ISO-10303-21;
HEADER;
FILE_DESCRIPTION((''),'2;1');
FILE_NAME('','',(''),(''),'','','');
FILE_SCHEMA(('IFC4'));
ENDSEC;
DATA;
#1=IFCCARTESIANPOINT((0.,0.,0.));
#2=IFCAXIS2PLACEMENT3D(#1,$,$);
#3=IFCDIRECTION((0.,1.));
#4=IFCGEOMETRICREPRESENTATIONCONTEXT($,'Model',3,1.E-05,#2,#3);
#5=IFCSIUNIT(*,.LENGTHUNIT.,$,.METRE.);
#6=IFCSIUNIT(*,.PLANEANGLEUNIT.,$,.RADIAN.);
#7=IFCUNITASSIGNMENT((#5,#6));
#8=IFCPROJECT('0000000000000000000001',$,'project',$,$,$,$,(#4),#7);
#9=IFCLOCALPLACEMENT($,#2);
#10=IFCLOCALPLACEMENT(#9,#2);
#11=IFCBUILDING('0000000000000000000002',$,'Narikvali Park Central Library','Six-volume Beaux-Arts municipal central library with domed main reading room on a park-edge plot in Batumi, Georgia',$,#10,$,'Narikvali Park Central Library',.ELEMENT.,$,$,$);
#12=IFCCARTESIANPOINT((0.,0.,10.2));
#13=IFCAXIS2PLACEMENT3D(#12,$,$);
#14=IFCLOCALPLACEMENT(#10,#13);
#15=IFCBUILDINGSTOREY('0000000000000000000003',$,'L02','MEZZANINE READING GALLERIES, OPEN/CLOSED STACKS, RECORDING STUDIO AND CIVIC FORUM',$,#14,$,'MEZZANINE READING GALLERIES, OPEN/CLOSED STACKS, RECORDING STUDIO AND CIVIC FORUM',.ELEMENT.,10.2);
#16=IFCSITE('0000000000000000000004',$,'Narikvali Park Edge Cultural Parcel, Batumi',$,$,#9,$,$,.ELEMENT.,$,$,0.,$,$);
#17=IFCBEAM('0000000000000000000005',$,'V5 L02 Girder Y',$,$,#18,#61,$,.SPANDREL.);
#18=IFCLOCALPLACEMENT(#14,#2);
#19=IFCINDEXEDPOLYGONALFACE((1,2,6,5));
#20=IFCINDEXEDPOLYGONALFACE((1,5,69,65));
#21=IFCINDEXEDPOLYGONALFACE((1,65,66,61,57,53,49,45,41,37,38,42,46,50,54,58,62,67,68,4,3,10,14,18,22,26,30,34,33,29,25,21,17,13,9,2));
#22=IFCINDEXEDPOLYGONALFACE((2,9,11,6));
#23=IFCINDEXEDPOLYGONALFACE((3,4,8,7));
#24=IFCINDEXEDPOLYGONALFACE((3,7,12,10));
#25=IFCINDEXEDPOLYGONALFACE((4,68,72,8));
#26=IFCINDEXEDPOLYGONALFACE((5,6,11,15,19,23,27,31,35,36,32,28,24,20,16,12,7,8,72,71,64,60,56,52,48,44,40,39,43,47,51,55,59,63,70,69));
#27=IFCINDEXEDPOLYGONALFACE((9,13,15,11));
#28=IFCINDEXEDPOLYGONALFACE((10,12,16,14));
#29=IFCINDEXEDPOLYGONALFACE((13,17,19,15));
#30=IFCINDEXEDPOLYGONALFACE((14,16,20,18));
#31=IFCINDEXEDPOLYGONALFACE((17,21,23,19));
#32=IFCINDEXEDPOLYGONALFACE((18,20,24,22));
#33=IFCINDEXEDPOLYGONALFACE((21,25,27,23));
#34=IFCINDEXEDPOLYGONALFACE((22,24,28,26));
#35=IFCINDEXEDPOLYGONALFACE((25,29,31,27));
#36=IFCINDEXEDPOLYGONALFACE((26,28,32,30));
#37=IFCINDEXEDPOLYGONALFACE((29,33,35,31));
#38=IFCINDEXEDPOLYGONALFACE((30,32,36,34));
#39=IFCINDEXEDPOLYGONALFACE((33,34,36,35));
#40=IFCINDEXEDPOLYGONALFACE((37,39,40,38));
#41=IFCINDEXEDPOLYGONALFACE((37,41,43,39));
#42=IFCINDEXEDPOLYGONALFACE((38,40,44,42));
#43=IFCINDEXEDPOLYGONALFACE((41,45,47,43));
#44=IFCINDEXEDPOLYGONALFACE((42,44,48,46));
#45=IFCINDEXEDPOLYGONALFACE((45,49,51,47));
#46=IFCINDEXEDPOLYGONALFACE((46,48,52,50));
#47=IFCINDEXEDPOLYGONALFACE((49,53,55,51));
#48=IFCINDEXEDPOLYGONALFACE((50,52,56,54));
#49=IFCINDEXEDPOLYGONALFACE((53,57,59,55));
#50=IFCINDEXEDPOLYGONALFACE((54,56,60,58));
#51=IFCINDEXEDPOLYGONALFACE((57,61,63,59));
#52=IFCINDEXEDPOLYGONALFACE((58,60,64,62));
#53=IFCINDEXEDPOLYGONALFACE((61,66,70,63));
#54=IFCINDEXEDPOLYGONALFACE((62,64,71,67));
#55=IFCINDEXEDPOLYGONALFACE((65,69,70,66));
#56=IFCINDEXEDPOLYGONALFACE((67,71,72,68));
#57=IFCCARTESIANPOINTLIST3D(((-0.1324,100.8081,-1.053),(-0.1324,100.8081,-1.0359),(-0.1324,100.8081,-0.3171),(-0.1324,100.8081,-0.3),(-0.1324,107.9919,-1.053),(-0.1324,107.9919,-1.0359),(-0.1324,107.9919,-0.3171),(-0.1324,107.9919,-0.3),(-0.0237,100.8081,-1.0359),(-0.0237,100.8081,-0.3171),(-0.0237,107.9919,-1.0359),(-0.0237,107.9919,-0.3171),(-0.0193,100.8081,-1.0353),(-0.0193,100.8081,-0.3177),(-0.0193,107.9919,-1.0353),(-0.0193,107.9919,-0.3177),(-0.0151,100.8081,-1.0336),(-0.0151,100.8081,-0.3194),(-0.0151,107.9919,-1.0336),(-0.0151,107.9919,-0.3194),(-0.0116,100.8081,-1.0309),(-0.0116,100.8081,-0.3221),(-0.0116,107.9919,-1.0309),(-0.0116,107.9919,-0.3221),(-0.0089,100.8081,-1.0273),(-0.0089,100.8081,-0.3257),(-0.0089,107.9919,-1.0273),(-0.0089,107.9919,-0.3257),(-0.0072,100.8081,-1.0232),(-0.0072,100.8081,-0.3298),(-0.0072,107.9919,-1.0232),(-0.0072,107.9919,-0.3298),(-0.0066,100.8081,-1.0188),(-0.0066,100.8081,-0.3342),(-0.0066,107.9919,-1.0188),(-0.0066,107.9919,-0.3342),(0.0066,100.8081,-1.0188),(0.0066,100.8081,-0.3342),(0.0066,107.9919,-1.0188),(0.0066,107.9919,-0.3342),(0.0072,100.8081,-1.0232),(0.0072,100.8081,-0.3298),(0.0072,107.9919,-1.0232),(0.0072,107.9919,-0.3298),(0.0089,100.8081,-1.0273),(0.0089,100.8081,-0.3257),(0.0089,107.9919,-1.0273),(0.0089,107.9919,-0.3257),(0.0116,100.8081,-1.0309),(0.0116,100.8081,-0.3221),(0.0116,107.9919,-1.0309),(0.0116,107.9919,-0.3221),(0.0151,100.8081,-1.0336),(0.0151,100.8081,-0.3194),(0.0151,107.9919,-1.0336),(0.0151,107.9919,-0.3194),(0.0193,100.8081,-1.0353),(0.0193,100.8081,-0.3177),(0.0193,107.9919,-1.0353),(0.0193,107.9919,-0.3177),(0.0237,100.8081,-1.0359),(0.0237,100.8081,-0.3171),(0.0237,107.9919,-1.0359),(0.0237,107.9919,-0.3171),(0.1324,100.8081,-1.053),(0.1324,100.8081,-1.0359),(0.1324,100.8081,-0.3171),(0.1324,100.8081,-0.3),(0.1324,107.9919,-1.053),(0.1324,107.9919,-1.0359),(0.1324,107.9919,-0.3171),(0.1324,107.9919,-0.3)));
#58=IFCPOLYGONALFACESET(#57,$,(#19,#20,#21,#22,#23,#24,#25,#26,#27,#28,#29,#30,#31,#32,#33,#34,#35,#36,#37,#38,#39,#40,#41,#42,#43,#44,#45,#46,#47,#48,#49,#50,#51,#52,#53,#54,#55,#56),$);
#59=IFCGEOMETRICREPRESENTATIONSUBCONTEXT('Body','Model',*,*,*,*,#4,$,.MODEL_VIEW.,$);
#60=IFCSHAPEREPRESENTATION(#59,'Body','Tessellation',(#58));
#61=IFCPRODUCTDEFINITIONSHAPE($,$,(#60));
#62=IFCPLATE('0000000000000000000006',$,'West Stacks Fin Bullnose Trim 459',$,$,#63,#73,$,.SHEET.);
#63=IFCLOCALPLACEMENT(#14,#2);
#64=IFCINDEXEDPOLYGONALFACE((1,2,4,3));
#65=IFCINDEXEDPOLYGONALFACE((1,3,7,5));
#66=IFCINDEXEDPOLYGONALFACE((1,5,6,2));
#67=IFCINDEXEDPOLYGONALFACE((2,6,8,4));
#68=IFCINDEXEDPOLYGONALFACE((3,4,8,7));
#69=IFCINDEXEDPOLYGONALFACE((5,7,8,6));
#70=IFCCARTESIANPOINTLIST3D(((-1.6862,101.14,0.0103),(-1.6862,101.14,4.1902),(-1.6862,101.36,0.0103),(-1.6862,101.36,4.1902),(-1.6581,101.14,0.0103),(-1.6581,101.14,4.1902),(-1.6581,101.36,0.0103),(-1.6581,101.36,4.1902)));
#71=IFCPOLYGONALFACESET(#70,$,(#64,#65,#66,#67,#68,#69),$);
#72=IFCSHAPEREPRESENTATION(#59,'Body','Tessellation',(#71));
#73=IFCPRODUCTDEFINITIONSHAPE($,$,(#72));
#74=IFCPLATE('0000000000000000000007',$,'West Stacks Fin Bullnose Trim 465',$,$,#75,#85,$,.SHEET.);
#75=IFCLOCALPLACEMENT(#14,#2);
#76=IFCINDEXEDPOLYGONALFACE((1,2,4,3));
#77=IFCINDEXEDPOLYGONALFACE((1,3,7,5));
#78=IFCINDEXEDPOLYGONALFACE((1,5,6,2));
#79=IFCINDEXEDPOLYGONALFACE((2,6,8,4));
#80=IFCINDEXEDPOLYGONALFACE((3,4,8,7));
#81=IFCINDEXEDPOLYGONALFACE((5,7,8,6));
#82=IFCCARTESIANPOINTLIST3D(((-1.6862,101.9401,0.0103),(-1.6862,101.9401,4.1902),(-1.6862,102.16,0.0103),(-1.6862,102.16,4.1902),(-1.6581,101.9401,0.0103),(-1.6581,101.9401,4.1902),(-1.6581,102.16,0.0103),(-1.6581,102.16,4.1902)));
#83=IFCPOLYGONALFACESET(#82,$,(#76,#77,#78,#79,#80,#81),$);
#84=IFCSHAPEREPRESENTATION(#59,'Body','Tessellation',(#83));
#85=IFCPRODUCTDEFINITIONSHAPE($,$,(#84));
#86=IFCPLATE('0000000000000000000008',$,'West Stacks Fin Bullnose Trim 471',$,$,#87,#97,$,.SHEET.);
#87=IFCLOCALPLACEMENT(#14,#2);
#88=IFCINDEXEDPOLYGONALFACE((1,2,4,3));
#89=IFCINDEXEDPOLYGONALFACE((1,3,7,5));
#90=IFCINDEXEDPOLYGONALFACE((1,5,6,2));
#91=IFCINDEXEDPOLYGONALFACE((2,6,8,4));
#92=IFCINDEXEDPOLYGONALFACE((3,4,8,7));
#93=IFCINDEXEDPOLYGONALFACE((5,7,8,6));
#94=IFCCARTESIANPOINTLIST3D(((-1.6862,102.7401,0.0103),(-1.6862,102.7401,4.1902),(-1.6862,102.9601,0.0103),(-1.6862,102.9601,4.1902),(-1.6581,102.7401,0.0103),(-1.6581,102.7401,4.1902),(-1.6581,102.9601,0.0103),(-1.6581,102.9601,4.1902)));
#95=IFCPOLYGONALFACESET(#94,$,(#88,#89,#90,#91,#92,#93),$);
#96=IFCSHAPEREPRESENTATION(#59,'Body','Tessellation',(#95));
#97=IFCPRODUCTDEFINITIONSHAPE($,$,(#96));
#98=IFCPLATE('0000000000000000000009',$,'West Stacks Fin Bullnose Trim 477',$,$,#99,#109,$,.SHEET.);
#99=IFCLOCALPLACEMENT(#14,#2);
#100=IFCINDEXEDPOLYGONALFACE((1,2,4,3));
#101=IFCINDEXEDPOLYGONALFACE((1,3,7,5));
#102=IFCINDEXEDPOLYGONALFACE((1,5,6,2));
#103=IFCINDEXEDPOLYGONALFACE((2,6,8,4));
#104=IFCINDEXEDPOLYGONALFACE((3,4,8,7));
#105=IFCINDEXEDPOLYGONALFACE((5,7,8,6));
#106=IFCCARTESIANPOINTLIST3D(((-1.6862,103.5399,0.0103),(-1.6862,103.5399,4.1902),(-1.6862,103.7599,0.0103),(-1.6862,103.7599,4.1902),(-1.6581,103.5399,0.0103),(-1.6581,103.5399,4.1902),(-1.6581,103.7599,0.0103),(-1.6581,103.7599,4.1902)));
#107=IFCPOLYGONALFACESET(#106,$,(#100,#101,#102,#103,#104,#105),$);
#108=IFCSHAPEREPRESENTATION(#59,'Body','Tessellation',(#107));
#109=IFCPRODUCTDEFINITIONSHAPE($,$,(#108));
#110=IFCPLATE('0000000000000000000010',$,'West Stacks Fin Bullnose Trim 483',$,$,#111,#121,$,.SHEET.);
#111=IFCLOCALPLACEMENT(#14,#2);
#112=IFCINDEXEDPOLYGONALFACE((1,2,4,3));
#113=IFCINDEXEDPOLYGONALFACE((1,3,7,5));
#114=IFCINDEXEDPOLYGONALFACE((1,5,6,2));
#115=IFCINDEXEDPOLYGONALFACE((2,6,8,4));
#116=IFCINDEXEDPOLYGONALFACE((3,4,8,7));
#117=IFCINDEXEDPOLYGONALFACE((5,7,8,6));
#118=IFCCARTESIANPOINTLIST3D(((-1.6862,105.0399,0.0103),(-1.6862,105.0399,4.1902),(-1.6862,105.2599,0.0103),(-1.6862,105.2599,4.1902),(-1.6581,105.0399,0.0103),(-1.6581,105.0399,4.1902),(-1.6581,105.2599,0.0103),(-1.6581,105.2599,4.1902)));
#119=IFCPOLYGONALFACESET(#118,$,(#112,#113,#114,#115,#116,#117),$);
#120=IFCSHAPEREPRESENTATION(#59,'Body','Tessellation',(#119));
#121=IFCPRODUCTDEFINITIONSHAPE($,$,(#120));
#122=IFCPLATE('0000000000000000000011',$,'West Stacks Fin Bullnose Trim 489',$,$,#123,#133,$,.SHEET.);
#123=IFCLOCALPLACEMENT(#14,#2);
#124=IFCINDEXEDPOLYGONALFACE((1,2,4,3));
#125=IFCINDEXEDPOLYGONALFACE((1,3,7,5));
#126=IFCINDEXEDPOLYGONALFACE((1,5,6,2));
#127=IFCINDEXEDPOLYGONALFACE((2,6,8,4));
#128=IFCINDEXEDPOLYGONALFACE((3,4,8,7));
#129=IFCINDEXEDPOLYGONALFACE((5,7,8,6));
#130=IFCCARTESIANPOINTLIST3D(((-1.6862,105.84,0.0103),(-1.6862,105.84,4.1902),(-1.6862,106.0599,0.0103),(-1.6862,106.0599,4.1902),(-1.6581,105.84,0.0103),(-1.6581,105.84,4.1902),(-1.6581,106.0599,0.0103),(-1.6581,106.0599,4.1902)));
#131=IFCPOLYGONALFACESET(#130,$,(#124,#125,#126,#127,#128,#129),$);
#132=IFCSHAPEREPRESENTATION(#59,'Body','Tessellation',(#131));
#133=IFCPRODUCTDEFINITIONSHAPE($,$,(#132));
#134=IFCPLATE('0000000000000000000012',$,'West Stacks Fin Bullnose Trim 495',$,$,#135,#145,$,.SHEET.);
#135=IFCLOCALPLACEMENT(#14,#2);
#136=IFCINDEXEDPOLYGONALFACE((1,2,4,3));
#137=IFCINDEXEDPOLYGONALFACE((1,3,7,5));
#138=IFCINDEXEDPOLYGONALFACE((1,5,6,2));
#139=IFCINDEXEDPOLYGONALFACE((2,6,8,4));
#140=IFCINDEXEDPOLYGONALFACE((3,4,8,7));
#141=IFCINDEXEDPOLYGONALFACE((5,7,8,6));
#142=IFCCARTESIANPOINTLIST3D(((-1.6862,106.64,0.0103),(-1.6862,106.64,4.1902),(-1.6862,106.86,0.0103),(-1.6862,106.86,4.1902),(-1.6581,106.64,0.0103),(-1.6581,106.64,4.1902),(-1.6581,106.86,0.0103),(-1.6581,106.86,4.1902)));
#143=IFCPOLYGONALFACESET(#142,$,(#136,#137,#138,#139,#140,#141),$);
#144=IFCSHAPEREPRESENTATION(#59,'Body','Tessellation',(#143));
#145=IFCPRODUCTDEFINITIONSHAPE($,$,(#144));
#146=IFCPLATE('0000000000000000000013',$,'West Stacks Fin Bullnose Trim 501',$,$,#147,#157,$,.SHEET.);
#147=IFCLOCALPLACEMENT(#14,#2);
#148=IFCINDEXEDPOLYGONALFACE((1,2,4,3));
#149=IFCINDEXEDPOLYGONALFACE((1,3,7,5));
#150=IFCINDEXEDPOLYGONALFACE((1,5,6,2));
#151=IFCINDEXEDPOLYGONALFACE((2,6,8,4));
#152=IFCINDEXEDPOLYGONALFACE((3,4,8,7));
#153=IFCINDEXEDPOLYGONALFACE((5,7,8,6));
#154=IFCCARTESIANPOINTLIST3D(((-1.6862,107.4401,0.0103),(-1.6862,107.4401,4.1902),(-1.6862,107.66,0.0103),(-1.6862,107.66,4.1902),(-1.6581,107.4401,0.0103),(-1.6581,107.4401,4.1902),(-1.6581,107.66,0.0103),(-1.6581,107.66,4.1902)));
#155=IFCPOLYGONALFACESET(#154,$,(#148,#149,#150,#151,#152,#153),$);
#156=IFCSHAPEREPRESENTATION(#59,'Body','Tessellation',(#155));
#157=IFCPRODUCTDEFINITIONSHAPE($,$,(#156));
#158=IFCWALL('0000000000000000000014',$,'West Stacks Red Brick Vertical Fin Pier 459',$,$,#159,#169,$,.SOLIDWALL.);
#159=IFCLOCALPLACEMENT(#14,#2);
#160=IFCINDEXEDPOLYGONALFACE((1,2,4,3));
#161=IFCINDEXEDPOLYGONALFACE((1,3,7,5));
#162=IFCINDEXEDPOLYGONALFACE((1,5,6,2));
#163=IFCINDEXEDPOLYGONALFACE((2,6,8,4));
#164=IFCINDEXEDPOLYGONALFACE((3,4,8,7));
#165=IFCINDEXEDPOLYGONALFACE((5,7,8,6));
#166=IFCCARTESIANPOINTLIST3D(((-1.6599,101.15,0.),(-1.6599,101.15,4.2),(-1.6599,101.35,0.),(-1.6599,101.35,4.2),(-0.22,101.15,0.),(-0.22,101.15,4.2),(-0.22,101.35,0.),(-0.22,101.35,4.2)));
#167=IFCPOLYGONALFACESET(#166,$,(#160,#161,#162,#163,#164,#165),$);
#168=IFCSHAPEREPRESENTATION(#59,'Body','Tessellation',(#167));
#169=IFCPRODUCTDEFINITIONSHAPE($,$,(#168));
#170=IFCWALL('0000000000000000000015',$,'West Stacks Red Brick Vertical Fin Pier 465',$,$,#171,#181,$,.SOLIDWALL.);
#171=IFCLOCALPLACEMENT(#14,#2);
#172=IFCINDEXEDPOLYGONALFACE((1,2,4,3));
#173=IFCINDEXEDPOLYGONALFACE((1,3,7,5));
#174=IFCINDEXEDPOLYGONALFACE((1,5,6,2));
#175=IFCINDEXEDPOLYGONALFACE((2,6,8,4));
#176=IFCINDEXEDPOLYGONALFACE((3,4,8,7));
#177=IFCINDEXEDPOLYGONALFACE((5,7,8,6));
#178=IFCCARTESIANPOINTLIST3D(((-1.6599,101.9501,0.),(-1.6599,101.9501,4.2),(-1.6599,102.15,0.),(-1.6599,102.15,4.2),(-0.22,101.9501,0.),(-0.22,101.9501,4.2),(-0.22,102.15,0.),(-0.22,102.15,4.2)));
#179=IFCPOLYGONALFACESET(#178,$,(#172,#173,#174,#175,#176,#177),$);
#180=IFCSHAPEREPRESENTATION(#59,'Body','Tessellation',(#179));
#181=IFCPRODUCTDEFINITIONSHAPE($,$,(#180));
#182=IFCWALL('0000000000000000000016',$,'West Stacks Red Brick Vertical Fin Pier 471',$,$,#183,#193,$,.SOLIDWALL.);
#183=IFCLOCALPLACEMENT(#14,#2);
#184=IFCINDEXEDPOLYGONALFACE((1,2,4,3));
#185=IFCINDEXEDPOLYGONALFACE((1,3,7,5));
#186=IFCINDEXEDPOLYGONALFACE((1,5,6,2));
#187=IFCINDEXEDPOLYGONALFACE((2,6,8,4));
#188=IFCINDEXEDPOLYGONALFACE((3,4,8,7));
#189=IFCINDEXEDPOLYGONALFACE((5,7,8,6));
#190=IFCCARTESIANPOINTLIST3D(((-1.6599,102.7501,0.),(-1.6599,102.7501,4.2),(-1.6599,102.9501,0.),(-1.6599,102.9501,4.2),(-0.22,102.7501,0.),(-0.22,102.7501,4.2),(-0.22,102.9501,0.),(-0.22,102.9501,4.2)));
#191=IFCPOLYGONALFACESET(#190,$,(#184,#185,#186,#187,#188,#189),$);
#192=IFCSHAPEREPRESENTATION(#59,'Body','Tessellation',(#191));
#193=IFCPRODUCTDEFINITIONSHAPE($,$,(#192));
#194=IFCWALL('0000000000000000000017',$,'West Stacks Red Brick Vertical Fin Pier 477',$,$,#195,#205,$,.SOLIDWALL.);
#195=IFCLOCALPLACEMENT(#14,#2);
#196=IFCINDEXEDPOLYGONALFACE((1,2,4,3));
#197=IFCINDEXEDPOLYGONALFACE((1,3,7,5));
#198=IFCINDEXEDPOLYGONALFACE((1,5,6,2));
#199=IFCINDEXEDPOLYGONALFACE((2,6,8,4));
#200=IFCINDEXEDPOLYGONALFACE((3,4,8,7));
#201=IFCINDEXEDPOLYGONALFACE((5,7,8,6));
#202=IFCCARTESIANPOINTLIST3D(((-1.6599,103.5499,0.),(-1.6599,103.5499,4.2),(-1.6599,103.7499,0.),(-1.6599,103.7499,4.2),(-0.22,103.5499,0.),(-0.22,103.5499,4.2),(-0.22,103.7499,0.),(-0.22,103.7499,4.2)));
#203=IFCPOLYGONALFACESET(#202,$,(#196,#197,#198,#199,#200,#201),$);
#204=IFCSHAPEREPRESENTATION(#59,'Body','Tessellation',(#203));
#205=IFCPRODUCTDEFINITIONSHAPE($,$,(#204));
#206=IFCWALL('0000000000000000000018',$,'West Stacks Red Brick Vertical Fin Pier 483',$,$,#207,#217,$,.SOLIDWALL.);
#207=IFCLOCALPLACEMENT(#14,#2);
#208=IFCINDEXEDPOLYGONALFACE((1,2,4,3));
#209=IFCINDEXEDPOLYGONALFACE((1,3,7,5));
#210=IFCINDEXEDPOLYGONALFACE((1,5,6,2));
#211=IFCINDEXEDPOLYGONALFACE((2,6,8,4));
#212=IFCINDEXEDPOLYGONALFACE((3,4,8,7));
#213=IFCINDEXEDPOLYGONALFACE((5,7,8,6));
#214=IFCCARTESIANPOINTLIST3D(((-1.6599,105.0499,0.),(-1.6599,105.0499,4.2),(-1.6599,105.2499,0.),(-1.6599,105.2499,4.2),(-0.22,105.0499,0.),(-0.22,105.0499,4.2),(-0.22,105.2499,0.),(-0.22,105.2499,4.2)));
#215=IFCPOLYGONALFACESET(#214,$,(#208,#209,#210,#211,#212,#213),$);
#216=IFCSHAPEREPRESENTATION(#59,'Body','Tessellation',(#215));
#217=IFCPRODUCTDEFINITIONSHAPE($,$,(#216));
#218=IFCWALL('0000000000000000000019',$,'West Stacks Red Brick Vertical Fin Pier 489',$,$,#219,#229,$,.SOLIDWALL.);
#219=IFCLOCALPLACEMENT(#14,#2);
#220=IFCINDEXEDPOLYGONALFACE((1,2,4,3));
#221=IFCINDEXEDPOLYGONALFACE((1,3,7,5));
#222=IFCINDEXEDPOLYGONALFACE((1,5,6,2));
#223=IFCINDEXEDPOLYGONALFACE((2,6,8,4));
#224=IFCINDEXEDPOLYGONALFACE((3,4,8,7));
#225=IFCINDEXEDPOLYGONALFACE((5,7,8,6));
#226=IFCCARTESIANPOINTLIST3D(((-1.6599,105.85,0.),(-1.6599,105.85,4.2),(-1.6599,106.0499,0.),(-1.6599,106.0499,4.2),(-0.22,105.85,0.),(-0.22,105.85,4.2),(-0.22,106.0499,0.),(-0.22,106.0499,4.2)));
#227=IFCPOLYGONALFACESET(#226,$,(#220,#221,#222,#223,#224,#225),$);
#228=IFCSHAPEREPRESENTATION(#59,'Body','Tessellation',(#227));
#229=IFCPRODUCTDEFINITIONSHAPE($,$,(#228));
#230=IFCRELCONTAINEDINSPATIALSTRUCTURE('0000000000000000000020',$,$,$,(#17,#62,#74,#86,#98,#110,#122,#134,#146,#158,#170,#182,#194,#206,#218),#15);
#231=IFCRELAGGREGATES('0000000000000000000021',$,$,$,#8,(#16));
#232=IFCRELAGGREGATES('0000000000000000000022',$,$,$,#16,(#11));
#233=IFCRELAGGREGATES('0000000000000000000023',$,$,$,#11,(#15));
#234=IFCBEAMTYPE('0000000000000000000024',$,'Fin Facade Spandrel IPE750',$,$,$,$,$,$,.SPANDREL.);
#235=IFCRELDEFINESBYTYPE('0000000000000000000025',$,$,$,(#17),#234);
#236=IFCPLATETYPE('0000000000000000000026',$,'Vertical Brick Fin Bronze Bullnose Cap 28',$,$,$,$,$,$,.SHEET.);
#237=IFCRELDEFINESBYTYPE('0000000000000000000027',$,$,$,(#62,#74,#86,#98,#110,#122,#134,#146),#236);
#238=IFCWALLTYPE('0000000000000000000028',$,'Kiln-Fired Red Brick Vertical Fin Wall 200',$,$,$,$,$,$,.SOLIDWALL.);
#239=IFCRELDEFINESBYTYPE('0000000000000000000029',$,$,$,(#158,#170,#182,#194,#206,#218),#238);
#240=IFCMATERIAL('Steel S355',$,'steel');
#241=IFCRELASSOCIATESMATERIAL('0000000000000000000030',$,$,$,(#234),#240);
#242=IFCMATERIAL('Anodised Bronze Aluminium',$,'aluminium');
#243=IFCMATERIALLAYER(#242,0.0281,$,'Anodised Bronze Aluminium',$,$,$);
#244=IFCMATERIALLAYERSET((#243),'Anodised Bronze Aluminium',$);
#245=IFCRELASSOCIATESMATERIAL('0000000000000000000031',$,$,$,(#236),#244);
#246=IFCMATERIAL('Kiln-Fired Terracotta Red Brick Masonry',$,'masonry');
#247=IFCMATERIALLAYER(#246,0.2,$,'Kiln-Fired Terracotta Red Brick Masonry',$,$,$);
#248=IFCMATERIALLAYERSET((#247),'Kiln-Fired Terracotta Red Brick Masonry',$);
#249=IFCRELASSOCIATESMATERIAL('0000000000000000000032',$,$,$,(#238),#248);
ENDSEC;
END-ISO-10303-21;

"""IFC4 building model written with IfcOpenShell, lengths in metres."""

from ifc_helpers import new_model, si_unit, direction, frame, frame_2d, origin, origin_2d, place, context, subcontext, project, spatial, rectangle, i_section, extrude, material, layer, layer_set, material_profile, profile_set, type_object, element, save


model = new_model("IFC4")

# Units and contexts
model_context = context("Model", 3, precision=1e-05, world=origin(), true_north=direction((0.0, 1.0)))
body_context = subcontext(model_context, "Body", "Model", "MODEL_VIEW")
ifc_project = project(units=[si_unit("LENGTHUNIT", "METRE"), si_unit("PLANEANGLEUNIT", "RADIAN")], contexts=[model_context])

# Site, building, storey
site_placement = place(None, origin())
site = spatial("IfcSite", under=ifc_project, at=site_placement, Name="Narikvali Park Edge Cultural Parcel, Batumi", CompositionType="ELEMENT", RefElevation=0.0)
building_placement = place(site_placement, origin())
building = spatial("IfcBuilding", under=site, at=building_placement, Name="Narikvali Park Central Library", Description="Six-volume Beaux-Arts municipal central library with domed main reading room on a park-edge plot in Batumi, Georgia", LongName="Narikvali Park Central Library", CompositionType="ELEMENT")
storey_placement = place(building_placement, frame((0.0, 0.0, 10.2)))
storey = spatial("IfcBuildingStorey", under=building, at=storey_placement, Name="L02", Description="MEZZANINE READING GALLERIES, OPEN/CLOSED STACKS, RECORDING STUDIO AND CIVIC FORUM", LongName="MEZZANINE READING GALLERIES, OPEN/CLOSED STACKS, RECORDING STUDIO AND CIVIC FORUM", CompositionType="ELEMENT", Elevation=10.2)

# Beam
ifc_material_1 = material(Name="Steel S355", Category="steel")
ifc_material_profile = material_profile(ifc_material_1, i_section(OverallWidth=0.2649, OverallDepth=0.7529, WebThickness=0.0132, FlangeThickness=0.0171, FilletRadius=0.0171, at=origin_2d()), Name="IPE 750x147")
ifc_profile_set = profile_set([ifc_material_profile], Name="Steel S355")
beam_type = type_object("IfcBeamType", Name="Fin Facade Spandrel IPE750", PredefinedType="SPANDREL", material=ifc_profile_set)
beam_placement = place(storey_placement, frame((0.0, 100.8081, -0.6765), z_axis=(0.0, 1.0, 0.0), x_axis=(-1.0, 0.0, 0.0)))
element("IfcBeam", 1, at=beam_placement, inside=storey, type_object=beam_type, Name="V5 L02 Girder Y", PredefinedType="SPANDREL", context=body_context, shape_type="SweptSolid", body=[
    extrude(i_section(OverallWidth=0.2649, OverallDepth=0.7529, WebThickness=0.0132, FlangeThickness=0.0171, FilletRadius=0.0171, at=origin_2d()), origin(), (0.0, 0.0, 1.0), 7.1838),
])

# Plates
ifc_material_2 = material(Name="Anodised Bronze Aluminium", Category="aluminium")
ifc_layer_1 = layer(ifc_material_2, 0.0281, Name="Anodised Bronze Aluminium")
ifc_layer_set_1 = layer_set([ifc_layer_1], Name="Anodised Bronze Aluminium")
plate_type = type_object("IfcPlateType", Name="Vertical Brick Fin Bronze Bullnose Cap 28", PredefinedType="SHEET", material=ifc_layer_set_1)
for number, where, z_axis, x_axis, name in (
    (2, (-1.6721, 101.25, 0.0103), (0.0, 0.0, 1.0), (1.0, 0.0, 0.0), "West Stacks Fin Bullnose Trim 459"),
    (3, (-1.6721, 102.05, 0.0103), (0.0, 0.0, 1.0), (1.0, 0.0, 0.0), "West Stacks Fin Bullnose Trim 465"),
    (4, (-1.6721, 102.8501, 0.0103), (0.0, 0.0, 1.0), (1.0, 0.0, 0.0), "West Stacks Fin Bullnose Trim 471"),
    (5, (-1.6721, 103.6499, 0.0103), (0.0, 0.0, 1.0), (1.0, 0.0, 0.0), "West Stacks Fin Bullnose Trim 477"),
    (6, (-1.6721, 105.1499, 0.0103), (0.0, 0.0, 1.0), (1.0, 0.0, 0.0), "West Stacks Fin Bullnose Trim 483"),
    (7, (-1.6721, 105.95, 0.0103), (0.0, 0.0, 1.0), (1.0, 0.0, 0.0), "West Stacks Fin Bullnose Trim 489"),
    (8, (-1.6721, 106.75, 0.0103), (0.0, 0.0, 1.0), (1.0, 0.0, 0.0), "West Stacks Fin Bullnose Trim 495"),
    (9, (-1.6721, 107.55, 0.0103), (0.0, 0.0, 1.0), (1.0, 0.0, 0.0), "West Stacks Fin Bullnose Trim 501"),
):
    element("IfcPlate", number, at=place(storey_placement, frame(where, z_axis=z_axis, x_axis=x_axis)), inside=storey, type_object=plate_type, Name=name, PredefinedType="SHEET", context=body_context, shape_type="SweptSolid", body=[
        extrude(rectangle(XDim=0.0281, YDim=0.22, at=origin_2d()), origin(), (0.0, 0.0, 1.0), 4.1799),
    ])

# Walls
ifc_material_3 = material(Name="Kiln-Fired Terracotta Red Brick Masonry", Category="masonry")
ifc_layer_2 = layer(ifc_material_3, 0.2, Name="Kiln-Fired Terracotta Red Brick Masonry")
ifc_layer_set_2 = layer_set([ifc_layer_2], Name="Kiln-Fired Terracotta Red Brick Masonry")
wall_type_1 = type_object("IfcWallType", Name="Kiln-Fired Red Brick Vertical Fin Wall 200", PredefinedType="SOLIDWALL", material=ifc_layer_set_2)
for number, where, z_axis, x_axis, name in (
    (10, (-1.6599, 101.25, 0.0), (0.0, 0.0, 1.0), (1.0, 0.0, 0.0), "West Stacks Red Brick Vertical Fin Pier 459"),
    (11, (-1.6599, 102.05, 0.0), (0.0, 0.0, 1.0), (1.0, 0.0, 0.0), "West Stacks Red Brick Vertical Fin Pier 465"),
    (12, (-1.6599, 102.8501, 0.0), (0.0, 0.0, 1.0), (1.0, 0.0, 0.0), "West Stacks Red Brick Vertical Fin Pier 471"),
    (13, (-1.6599, 103.6499, 0.0), (0.0, 0.0, 1.0), (1.0, 0.0, 0.0), "West Stacks Red Brick Vertical Fin Pier 477"),
    (14, (-1.6599, 105.1499, 0.0), (0.0, 0.0, 1.0), (1.0, 0.0, 0.0), "West Stacks Red Brick Vertical Fin Pier 483"),
    (15, (-1.6599, 105.95, 0.0), (0.0, 0.0, 1.0), (1.0, 0.0, 0.0), "West Stacks Red Brick Vertical Fin Pier 489"),
):
    element("IfcWall", number, at=place(storey_placement, frame(where, z_axis=z_axis, x_axis=x_axis)), inside=storey, type_object=wall_type_1, Name=name, PredefinedType="SOLIDWALL", context=body_context, shape_type="SweptSolid", body=[
        extrude(rectangle(XDim=1.4399, YDim=0.2, at=frame_2d((0.72, 0.0))), origin(), (0.0, 0.0, 1.0), 4.2),
    ])

save(model, "model.ifc")
